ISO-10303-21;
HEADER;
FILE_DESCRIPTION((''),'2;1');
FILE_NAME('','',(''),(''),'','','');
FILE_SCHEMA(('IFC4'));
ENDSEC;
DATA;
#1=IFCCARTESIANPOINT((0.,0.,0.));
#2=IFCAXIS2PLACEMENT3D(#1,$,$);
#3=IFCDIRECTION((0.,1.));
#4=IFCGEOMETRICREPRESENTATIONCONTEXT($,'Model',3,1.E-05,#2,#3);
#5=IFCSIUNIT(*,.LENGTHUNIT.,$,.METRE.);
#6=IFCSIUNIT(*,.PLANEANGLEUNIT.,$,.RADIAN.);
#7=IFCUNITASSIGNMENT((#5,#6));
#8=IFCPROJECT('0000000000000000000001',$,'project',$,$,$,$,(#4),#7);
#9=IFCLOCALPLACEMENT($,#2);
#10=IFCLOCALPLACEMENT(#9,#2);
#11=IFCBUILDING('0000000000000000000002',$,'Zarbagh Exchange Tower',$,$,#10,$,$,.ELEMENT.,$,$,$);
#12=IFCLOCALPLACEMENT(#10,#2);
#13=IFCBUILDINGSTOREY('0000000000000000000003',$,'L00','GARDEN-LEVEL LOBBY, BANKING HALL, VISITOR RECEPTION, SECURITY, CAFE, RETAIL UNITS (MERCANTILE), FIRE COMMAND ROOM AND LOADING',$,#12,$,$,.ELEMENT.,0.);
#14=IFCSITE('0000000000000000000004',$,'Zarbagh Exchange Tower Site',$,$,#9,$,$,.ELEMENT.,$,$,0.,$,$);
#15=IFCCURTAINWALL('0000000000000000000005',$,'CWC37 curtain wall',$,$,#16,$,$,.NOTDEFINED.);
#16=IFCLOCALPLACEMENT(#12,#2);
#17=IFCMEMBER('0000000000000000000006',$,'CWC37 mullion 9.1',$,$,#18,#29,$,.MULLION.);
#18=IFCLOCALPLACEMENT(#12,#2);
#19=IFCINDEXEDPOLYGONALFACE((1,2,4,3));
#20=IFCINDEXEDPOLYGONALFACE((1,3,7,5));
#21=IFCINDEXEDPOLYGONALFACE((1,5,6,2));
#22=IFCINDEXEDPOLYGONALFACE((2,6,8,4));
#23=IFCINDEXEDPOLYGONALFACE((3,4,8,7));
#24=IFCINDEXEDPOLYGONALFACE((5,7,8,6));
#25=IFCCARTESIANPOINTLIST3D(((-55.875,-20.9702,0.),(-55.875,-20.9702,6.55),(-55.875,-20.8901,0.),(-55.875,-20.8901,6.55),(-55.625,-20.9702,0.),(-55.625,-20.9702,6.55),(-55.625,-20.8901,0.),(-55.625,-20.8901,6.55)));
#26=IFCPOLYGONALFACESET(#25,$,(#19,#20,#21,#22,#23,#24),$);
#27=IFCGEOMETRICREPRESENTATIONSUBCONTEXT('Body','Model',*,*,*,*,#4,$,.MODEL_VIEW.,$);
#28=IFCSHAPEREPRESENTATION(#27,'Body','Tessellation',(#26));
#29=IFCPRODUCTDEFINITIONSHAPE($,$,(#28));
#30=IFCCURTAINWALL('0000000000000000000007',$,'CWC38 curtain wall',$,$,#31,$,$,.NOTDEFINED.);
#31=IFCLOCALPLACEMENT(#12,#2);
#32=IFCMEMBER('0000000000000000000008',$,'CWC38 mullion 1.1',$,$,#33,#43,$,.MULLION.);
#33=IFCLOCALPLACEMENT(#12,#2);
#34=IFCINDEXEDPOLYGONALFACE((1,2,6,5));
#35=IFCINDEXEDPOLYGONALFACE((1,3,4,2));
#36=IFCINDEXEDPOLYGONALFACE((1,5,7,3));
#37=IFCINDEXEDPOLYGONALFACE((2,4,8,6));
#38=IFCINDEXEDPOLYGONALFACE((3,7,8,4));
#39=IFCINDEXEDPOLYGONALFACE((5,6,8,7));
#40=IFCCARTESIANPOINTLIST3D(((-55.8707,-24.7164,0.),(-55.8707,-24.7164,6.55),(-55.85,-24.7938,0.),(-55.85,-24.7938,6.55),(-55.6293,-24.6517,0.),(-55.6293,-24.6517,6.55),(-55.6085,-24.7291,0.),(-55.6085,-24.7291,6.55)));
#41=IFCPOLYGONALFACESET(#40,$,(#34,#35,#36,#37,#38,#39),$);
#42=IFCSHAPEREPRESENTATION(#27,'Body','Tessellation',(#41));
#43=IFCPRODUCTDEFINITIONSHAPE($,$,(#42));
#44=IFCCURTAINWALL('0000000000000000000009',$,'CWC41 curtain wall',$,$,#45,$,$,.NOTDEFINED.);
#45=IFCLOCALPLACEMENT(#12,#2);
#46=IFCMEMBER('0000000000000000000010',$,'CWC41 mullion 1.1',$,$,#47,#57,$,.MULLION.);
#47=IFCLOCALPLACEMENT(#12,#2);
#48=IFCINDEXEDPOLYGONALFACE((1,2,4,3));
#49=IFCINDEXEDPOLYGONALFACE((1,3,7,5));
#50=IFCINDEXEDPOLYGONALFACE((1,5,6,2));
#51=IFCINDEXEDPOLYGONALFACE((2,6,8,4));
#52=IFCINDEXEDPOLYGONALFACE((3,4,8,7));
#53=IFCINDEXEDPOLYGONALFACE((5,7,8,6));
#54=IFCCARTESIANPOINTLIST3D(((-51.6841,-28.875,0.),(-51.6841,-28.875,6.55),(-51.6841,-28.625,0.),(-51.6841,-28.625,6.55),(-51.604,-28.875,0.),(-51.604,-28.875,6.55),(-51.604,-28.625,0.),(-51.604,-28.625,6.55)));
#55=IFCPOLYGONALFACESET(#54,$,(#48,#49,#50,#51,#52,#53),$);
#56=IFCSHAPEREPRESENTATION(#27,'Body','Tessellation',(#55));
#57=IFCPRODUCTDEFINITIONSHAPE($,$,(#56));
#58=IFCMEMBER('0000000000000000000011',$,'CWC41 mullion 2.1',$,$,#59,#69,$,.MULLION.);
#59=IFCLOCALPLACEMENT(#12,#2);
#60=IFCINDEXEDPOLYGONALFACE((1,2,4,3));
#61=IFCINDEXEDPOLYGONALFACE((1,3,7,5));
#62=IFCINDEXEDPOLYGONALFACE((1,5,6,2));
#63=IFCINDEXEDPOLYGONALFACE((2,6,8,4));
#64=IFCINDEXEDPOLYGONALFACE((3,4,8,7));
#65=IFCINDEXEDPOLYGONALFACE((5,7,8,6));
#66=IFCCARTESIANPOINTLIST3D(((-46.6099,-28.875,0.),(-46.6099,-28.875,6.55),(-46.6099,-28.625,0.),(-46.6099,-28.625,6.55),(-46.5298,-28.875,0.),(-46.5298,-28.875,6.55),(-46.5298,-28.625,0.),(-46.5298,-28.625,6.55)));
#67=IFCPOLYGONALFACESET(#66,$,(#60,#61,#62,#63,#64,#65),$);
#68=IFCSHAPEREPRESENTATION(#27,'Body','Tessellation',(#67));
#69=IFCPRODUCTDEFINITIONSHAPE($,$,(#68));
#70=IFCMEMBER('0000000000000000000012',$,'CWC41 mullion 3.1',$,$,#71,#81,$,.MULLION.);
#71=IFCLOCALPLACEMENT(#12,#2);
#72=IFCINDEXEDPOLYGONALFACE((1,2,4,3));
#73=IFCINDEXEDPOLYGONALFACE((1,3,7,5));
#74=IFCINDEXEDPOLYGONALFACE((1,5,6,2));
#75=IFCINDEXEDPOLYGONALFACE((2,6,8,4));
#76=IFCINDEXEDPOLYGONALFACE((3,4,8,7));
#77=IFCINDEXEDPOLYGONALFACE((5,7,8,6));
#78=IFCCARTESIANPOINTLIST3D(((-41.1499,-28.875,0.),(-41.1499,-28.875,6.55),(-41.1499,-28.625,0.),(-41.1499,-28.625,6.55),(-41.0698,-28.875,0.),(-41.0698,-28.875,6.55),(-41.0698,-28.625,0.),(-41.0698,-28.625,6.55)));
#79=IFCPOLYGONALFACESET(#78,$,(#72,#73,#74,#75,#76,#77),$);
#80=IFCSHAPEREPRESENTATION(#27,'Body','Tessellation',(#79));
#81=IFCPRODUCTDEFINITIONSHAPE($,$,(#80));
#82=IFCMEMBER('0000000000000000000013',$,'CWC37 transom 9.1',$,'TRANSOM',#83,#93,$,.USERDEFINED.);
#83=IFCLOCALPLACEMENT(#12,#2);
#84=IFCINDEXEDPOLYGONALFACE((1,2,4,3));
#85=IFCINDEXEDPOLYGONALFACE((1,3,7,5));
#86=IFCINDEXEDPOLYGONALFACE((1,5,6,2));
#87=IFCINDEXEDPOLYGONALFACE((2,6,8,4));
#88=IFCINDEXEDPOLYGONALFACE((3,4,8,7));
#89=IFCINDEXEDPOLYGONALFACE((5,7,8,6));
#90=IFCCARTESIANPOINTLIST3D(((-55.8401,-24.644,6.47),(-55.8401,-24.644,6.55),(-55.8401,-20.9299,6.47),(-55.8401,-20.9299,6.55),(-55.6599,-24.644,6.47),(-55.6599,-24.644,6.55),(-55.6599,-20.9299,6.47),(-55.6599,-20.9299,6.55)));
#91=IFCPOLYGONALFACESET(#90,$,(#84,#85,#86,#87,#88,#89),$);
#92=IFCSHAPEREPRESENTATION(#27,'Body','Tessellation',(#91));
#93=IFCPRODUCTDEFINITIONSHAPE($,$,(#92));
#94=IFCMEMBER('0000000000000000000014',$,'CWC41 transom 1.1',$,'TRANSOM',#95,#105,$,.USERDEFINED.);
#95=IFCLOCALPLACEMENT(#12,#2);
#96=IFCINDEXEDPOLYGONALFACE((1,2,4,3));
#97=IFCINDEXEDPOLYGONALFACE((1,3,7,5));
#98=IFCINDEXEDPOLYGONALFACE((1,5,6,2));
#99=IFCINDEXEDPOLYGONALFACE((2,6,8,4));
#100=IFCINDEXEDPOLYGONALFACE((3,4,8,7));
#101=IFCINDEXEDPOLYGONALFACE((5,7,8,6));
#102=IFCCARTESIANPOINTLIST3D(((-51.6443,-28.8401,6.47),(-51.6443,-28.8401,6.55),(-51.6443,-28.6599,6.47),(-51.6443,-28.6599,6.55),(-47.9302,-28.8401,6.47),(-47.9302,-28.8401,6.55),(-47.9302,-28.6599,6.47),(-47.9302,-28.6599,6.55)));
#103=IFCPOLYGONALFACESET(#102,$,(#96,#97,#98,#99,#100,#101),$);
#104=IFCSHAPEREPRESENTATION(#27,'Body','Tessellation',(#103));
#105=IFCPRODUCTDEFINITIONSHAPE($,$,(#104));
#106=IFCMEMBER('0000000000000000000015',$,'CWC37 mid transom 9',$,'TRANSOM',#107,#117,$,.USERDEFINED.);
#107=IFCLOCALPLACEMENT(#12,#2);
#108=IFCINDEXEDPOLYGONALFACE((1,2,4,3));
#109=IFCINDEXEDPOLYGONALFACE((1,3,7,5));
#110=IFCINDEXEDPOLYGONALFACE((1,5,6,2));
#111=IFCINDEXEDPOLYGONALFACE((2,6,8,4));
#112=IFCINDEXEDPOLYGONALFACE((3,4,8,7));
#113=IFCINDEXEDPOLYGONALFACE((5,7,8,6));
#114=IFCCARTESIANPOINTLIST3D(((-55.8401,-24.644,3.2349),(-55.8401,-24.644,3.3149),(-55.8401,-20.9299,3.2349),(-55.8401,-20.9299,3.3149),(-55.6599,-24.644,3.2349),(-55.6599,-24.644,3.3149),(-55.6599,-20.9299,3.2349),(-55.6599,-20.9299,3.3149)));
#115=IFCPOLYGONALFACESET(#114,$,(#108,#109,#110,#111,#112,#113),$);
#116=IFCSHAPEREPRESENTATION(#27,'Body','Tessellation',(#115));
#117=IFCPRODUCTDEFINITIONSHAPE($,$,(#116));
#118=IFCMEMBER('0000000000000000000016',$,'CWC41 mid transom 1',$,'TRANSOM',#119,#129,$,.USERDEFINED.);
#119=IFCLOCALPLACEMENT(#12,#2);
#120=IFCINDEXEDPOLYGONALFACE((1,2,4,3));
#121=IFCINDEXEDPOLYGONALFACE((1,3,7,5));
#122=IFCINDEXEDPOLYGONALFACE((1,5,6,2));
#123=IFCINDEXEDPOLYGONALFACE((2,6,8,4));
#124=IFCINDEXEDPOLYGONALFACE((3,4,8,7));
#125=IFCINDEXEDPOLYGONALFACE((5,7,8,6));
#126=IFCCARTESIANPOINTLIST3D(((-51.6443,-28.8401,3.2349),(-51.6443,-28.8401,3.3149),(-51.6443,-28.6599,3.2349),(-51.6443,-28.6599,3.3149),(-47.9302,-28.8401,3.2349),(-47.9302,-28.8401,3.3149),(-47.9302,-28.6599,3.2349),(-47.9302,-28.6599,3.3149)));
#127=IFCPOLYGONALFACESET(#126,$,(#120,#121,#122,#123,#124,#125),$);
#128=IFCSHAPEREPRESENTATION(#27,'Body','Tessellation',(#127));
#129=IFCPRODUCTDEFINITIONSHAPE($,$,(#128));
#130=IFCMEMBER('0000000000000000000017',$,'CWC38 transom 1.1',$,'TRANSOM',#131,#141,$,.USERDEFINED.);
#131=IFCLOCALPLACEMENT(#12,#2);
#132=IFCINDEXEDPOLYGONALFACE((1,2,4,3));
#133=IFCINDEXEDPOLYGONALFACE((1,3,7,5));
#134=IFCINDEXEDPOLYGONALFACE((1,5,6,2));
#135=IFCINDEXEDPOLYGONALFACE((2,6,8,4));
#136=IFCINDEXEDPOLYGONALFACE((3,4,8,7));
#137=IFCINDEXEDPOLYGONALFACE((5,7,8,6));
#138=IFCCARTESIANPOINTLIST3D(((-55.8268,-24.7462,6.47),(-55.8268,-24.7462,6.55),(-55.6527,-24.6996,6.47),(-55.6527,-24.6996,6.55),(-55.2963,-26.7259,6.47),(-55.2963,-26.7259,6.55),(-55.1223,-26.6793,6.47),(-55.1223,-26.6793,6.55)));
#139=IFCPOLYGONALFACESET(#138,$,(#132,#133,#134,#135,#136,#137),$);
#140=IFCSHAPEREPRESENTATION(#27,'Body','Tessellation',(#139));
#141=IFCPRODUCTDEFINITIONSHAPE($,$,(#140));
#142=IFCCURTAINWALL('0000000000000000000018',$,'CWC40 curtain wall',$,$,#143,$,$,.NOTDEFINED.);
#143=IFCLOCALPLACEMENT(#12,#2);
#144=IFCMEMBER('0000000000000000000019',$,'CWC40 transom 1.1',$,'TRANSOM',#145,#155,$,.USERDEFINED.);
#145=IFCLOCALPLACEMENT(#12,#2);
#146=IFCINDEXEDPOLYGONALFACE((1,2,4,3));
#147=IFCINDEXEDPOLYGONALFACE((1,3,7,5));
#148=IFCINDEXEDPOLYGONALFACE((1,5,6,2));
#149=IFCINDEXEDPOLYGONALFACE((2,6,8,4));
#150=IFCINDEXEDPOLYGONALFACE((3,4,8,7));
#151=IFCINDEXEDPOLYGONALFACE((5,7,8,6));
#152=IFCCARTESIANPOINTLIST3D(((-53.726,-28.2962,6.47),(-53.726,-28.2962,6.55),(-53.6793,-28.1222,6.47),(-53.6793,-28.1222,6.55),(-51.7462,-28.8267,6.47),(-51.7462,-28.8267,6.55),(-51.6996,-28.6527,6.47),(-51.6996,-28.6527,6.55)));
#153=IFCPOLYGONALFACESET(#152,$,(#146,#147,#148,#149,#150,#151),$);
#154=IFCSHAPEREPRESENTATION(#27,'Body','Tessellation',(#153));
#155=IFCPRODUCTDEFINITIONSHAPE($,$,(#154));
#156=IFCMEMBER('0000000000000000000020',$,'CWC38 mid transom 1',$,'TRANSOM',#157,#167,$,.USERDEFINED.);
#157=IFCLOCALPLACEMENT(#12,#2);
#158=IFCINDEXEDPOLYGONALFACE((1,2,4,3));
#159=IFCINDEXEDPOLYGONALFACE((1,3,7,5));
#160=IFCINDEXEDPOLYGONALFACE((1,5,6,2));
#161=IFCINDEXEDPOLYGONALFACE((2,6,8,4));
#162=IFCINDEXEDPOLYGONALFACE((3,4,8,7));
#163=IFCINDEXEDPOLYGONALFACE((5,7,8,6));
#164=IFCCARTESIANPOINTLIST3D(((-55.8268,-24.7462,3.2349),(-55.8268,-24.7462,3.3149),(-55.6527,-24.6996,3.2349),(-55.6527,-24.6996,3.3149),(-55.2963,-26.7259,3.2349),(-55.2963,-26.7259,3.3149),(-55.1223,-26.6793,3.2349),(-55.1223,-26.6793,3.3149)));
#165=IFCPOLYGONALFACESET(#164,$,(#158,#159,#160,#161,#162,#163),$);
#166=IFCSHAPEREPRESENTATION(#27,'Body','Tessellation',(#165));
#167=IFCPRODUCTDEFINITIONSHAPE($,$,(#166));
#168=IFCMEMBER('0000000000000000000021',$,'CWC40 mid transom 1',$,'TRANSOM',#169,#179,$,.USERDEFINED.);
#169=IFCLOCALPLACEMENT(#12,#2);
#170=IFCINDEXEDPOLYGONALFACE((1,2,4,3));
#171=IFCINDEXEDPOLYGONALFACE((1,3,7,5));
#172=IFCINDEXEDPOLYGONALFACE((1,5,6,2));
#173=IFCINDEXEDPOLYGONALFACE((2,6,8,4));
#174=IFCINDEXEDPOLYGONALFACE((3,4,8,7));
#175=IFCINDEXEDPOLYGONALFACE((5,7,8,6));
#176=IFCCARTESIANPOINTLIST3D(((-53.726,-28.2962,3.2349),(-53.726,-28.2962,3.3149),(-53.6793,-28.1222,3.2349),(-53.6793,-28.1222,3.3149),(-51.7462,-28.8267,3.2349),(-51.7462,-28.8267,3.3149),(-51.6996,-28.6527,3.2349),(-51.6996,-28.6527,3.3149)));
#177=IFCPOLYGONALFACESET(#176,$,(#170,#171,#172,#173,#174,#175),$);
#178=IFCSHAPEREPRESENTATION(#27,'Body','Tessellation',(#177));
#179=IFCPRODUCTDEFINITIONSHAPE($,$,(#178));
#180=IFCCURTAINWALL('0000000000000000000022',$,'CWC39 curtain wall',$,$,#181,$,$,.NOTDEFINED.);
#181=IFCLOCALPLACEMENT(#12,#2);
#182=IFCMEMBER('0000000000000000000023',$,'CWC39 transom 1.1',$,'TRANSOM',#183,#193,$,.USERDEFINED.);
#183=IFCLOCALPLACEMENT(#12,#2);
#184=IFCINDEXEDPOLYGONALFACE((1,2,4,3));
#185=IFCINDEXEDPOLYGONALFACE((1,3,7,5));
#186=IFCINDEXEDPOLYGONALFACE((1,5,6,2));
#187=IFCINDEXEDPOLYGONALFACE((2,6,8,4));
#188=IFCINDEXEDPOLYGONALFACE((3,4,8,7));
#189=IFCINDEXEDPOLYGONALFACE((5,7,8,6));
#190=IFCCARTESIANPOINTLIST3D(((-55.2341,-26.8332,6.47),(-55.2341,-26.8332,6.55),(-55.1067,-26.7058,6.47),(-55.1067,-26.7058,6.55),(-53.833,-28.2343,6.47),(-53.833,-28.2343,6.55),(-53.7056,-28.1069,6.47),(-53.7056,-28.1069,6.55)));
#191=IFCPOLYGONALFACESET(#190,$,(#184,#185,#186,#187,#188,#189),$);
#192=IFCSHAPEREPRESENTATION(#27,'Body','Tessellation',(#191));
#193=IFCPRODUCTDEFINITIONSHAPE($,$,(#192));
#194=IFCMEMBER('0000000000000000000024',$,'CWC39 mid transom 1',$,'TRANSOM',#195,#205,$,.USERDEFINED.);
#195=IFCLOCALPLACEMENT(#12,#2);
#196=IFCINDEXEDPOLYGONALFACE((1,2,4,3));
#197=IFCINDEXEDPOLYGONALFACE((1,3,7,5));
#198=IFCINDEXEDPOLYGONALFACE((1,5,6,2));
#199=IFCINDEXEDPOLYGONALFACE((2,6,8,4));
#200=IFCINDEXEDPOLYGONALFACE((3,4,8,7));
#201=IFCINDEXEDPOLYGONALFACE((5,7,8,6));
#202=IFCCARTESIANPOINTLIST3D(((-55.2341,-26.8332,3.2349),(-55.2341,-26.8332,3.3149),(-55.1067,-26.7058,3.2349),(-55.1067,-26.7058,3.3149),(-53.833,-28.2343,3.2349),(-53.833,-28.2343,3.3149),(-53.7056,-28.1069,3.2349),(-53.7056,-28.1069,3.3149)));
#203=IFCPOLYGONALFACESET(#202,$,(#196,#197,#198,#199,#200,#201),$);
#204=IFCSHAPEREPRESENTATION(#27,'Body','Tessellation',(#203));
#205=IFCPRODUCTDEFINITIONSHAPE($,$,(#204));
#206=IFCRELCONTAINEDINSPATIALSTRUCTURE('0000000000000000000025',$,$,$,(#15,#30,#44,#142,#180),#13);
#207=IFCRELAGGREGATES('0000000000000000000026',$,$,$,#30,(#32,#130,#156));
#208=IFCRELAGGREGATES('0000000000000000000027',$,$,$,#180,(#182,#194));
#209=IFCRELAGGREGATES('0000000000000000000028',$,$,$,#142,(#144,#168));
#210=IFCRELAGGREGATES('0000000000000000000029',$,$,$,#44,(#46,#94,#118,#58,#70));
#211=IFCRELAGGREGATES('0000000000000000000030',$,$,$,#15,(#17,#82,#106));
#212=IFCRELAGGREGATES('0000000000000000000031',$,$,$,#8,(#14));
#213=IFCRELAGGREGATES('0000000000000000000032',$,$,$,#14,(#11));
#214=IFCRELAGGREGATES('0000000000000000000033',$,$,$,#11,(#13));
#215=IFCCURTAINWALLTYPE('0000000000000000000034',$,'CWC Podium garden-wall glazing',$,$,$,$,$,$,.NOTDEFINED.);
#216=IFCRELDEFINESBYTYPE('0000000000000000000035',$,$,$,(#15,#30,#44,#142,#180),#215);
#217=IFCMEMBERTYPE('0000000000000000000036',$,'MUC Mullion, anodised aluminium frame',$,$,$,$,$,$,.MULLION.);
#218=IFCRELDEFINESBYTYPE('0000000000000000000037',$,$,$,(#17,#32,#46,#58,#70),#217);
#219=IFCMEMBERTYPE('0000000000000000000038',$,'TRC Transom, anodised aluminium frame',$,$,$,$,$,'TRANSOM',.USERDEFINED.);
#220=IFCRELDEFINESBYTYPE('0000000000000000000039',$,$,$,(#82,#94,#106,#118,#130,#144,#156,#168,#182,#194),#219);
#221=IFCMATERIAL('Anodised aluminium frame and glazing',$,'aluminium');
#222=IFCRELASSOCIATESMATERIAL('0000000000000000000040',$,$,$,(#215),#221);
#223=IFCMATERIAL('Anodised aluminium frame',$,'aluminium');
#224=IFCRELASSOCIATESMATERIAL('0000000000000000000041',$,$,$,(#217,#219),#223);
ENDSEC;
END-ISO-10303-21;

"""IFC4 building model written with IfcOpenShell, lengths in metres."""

from ifc_helpers import new_model, si_unit, direction, origin, place, context, subcontext, project, spatial, polyline, outline, extrude, source, transform, mapped, material, type_object, element, aggregate, save


model = new_model("IFC4")

# Units and contexts
model_context = context("Model", 3, precision=1e-05, world=origin(), true_north=direction((0.0, 1.0)))
body_context = subcontext(model_context, "Body", "Model", "MODEL_VIEW")
ifc_project = project(units=[si_unit("LENGTHUNIT", "METRE"), si_unit("PLANEANGLEUNIT", "RADIAN")], contexts=[model_context])

# Site, building, storey
site_placement = place(None, origin())
site = spatial("IfcSite", under=ifc_project, at=site_placement, Name="Zarbagh Exchange Tower Site", CompositionType="ELEMENT", RefElevation=0.0)
building_placement = place(site_placement, origin())
building = spatial("IfcBuilding", under=site, at=building_placement, Name="Zarbagh Exchange Tower", CompositionType="ELEMENT")
storey_placement = place(building_placement, origin())
storey = spatial("IfcBuildingStorey", under=building, at=storey_placement, Name="L00", Description="GARDEN-LEVEL LOBBY, BANKING HALL, VISITOR RECEPTION, SECURITY, CAFE, RETAIL UNITS (MERCANTILE), FIRE COMMAND ROOM AND LOADING", CompositionType="ELEMENT", Elevation=0.0)

# Curtain walls, members
ifc_material_1 = material(Name="Anodised aluminium frame and glazing", Category="aluminium")
curtain_wall_type = type_object("IfcCurtainWallType", Name="CWC Podium garden-wall glazing", PredefinedType="NOTDEFINED", material=ifc_material_1)
curtain_wall_1_placement = place(storey_placement, origin())
curtain_wall_1 = element("IfcCurtainWall", 1, at=curtain_wall_1_placement, inside=storey, type_object=curtain_wall_type, Name="CWC37 curtain wall", PredefinedType="NOTDEFINED")
ifc_material_2 = material(Name="Anodised aluminium frame", Category="aluminium")
member_type_1 = type_object("IfcMemberType", Name="MUC Mullion, anodised aluminium frame", PredefinedType="MULLION", material=ifc_material_2)
shared_shape_1 = source(origin(), body_context, "Body", "SweptSolid", [
    extrude(outline(polyline([(0.0, -0.125), (0.0801, -0.125), (0.0801, 0.125), (0.0, 0.125), (0.0, -0.125)])), origin(), (0.0, 0.0, 1.0), 6.55),
])
placement = place(storey_placement, origin())
member_1 = element("IfcMember", 2, at=placement, type_object=member_type_1, Name="CWC37 mullion 9.1", PredefinedType="MULLION", context=body_context, shape_type="MappedRepresentation", body=[
    mapped(shared_shape_1, transform((-55.75, -20.8901, 0.0), x_axis=(0.0, -1.0, 0.0), y_axis=(1.0, 0.0, 0.0), z_axis=(0.0, 0.0, 1.0))),
])
curtain_wall_2_placement = place(storey_placement, origin())
curtain_wall_2 = element("IfcCurtainWall", 3, at=curtain_wall_2_placement, inside=storey, type_object=curtain_wall_type, Name="CWC38 curtain wall", PredefinedType="NOTDEFINED")
member_2 = element("IfcMember", 4, at=placement, type_object=member_type_1, Name="CWC38 mullion 1.1", PredefinedType="MULLION", context=body_context, shape_type="MappedRepresentation", body=[
    mapped(shared_shape_1, transform((-55.75, -24.6841, 0.0), x_axis=(0.258825, -0.965924, 0.0), y_axis=(0.965924, 0.258825, 0.0), z_axis=(0.0, 0.0, 1.0))),
])

# Curtain wall, members
curtain_wall_3_placement = place(storey_placement, origin())
curtain_wall_3 = element("IfcCurtainWall", 5, at=curtain_wall_3_placement, inside=storey, type_object=curtain_wall_type, Name="CWC41 curtain wall", PredefinedType="NOTDEFINED")
member_3 = element("IfcMember", 6, at=placement, type_object=member_type_1, Name="CWC41 mullion 1.1", PredefinedType="MULLION", context=body_context, shape_type="MappedRepresentation", body=[
    mapped(shared_shape_1, transform((-51.6841, -28.75, 0.0), x_axis=(1.0, 0.0, 0.0), y_axis=(0.0, 1.0, 0.0), z_axis=(0.0, 0.0, 1.0))),
])
member_4 = element("IfcMember", 7, at=placement, type_object=member_type_1, Name="CWC41 mullion 2.1", PredefinedType="MULLION", context=body_context, shape_type="MappedRepresentation", body=[
    mapped(shared_shape_1, transform((-46.6099, -28.75, 0.0), x_axis=(1.0, 0.0, 0.0), y_axis=(0.0, 1.0, 0.0), z_axis=(0.0, 0.0, 1.0))),
])
member_5 = element("IfcMember", 8, at=placement, type_object=member_type_1, Name="CWC41 mullion 3.1", PredefinedType="MULLION", context=body_context, shape_type="MappedRepresentation", body=[
    mapped(shared_shape_1, transform((-41.1499, -28.75, 0.0), x_axis=(1.0, 0.0, 0.0), y_axis=(0.0, 1.0, 0.0), z_axis=(0.0, 0.0, 1.0))),
])

# Members
member_type_2 = type_object("IfcMemberType", Name="TRC Transom, anodised aluminium frame", ElementType="TRANSOM", PredefinedType="USERDEFINED", material=ifc_material_2)
shared_shape_2 = source(origin(), body_context, "Body", "SweptSolid", [
    extrude(outline(polyline([(-0.0801, -0.0901), (0.0, -0.0901), (0.0, 0.0901), (-0.0801, 0.0901), (-0.0801, -0.0901)])), origin(), (0.0, 0.0, 1.0), 3.7141),
])
member_6 = element("IfcMember", 9, at=placement, type_object=member_type_2, Name="CWC37 transom 9.1", ObjectType="TRANSOM", PredefinedType="USERDEFINED", context=body_context, shape_type="MappedRepresentation", body=[
    mapped(shared_shape_2, transform((-55.75, -20.9299, 6.55), x_axis=(0.0, 0.0, 1.0), y_axis=(-1.0, 0.0, 0.0), z_axis=(0.0, -1.0, 0.0))),
])
member_7 = element("IfcMember", 10, at=placement, type_object=member_type_2, Name="CWC41 transom 1.1", ObjectType="TRANSOM", PredefinedType="USERDEFINED", context=body_context, shape_type="MappedRepresentation", body=[
    mapped(shared_shape_2, transform((-51.6443, -28.75, 6.55), x_axis=(0.0, 0.0, 1.0), y_axis=(0.0, -1.0, 0.0), z_axis=(1.0, 0.0, 0.0))),
])
shared_shape_3 = source(origin(), body_context, "Body", "SweptSolid", [
    extrude(outline(polyline([(-0.04, -0.0901), (0.04, -0.0901), (0.04, 0.0901), (-0.04, 0.0901), (-0.04, -0.0901)])), origin(), (0.0, 0.0, 1.0), 3.7141),
])
member_8 = element("IfcMember", 11, at=placement, type_object=member_type_2, Name="CWC37 mid transom 9", ObjectType="TRANSOM", PredefinedType="USERDEFINED", context=body_context, shape_type="MappedRepresentation", body=[
    mapped(shared_shape_3, transform((-55.75, -20.9299, 3.2749), x_axis=(0.0, 0.0, 1.0), y_axis=(-1.0, 0.0, 0.0), z_axis=(0.0, -1.0, 0.0))),
])
member_9 = element("IfcMember", 12, at=placement, type_object=member_type_2, Name="CWC41 mid transom 1", ObjectType="TRANSOM", PredefinedType="USERDEFINED", context=body_context, shape_type="MappedRepresentation", body=[
    mapped(shared_shape_3, transform((-51.6443, -28.75, 3.2749), x_axis=(0.0, 0.0, 1.0), y_axis=(0.0, -1.0, 0.0), z_axis=(1.0, 0.0, 0.0))),
])
shared_shape_4 = source(origin(), body_context, "Body", "SweptSolid", [
    extrude(outline(polyline([(-0.0801, -0.0901), (0.0, -0.0901), (0.0, 0.0901), (-0.0801, 0.0901), (-0.0801, -0.0901)])), origin(), (0.0, 0.0, 1.0), 2.0496),
])
member_10 = element("IfcMember", 13, at=placement, type_object=member_type_2, Name="CWC38 transom 1.1", ObjectType="TRANSOM", PredefinedType="USERDEFINED", context=body_context, shape_type="MappedRepresentation", body=[
    mapped(shared_shape_4, transform((-55.7397, -24.7229, 6.55), x_axis=(0.0, 0.0, 1.0), y_axis=(-0.965924, -0.258825, 0.0), z_axis=(0.258825, -0.965924, 0.0))),
])

# Curtain wall, member
curtain_wall_4_placement = place(storey_placement, origin())
curtain_wall_4 = element("IfcCurtainWall", 14, at=curtain_wall_4_placement, inside=storey, type_object=curtain_wall_type, Name="CWC40 curtain wall", PredefinedType="NOTDEFINED")
member_11 = element("IfcMember", 15, at=placement, type_object=member_type_2, Name="CWC40 transom 1.1", ObjectType="TRANSOM", PredefinedType="USERDEFINED", context=body_context, shape_type="MappedRepresentation", body=[
    mapped(shared_shape_4, transform((-53.7026, -28.2092, 6.55), x_axis=(0.0, 0.0, 1.0), y_axis=(-0.258825, -0.965924, 0.0), z_axis=(0.965924, -0.258825, 0.0))),
])

# Members
shared_shape_5 = source(origin(), body_context, "Body", "SweptSolid", [
    extrude(outline(polyline([(-0.04, -0.0901), (0.04, -0.0901), (0.04, 0.0901), (-0.04, 0.0901), (-0.04, -0.0901)])), origin(), (0.0, 0.0, 1.0), 2.0496),
])
member_12 = element("IfcMember", 16, at=placement, type_object=member_type_2, Name="CWC38 mid transom 1", ObjectType="TRANSOM", PredefinedType="USERDEFINED", context=body_context, shape_type="MappedRepresentation", body=[
    mapped(shared_shape_5, transform((-55.7397, -24.7229, 3.2749), x_axis=(0.0, 0.0, 1.0), y_axis=(-0.965924, -0.258825, 0.0), z_axis=(0.258825, -0.965924, 0.0))),
])
member_13 = element("IfcMember", 17, at=placement, type_object=member_type_2, Name="CWC40 mid transom 1", ObjectType="TRANSOM", PredefinedType="USERDEFINED", context=body_context, shape_type="MappedRepresentation", body=[
    mapped(shared_shape_5, transform((-53.7026, -28.2092, 3.2749), x_axis=(0.0, 0.0, 1.0), y_axis=(-0.258825, -0.965924, 0.0), z_axis=(0.965924, -0.258825, 0.0))),
])

# Curtain wall, members
curtain_wall_5_placement = place(storey_placement, origin())
curtain_wall_5 = element("IfcCurtainWall", 18, at=curtain_wall_5_placement, inside=storey, type_object=curtain_wall_type, Name="CWC39 curtain wall", PredefinedType="NOTDEFINED")
shared_shape_6 = source(origin(), body_context, "Body", "SweptSolid", [
    extrude(outline(polyline([(-0.0801, -0.0901), (0.0, -0.0901), (0.0, 0.0901), (-0.0801, 0.0901), (-0.0801, -0.0901)])), origin(), (0.0, 0.0, 1.0), 1.9814),
])
member_14 = element("IfcMember", 19, at=placement, type_object=member_type_2, Name="CWC39 transom 1.1", ObjectType="TRANSOM", PredefinedType="USERDEFINED", context=body_context, shape_type="MappedRepresentation", body=[
    mapped(shared_shape_6, transform((-55.1704, -26.7695, 6.55), x_axis=(0.0, 0.0, 1.0), y_axis=(-0.707107, -0.707107, 0.0), z_axis=(0.707107, -0.707107, 0.0))),
])
shared_shape_7 = source(origin(), body_context, "Body", "SweptSolid", [
    extrude(outline(polyline([(-0.04, -0.0901), (0.04, -0.0901), (0.04, 0.0901), (-0.04, 0.0901), (-0.04, -0.0901)])), origin(), (0.0, 0.0, 1.0), 1.9814),
])
member_15 = element("IfcMember", 20, at=placement, type_object=member_type_2, Name="CWC39 mid transom 1", ObjectType="TRANSOM", PredefinedType="USERDEFINED", context=body_context, shape_type="MappedRepresentation", body=[
    mapped(shared_shape_7, transform((-55.1704, -26.7695, 3.2749), x_axis=(0.0, 0.0, 1.0), y_axis=(-0.707107, -0.707107, 0.0), z_axis=(0.707107, -0.707107, 0.0))),
])

aggregate(curtain_wall_2, [member_2, member_10, member_12])
aggregate(curtain_wall_5, [member_14, member_15])
aggregate(curtain_wall_4, [member_11, member_13])
aggregate(curtain_wall_3, [member_3, member_7, member_9, member_4, member_5])
aggregate(curtain_wall_1, [member_1, member_6, member_8])

save(model, "model.ifc")
